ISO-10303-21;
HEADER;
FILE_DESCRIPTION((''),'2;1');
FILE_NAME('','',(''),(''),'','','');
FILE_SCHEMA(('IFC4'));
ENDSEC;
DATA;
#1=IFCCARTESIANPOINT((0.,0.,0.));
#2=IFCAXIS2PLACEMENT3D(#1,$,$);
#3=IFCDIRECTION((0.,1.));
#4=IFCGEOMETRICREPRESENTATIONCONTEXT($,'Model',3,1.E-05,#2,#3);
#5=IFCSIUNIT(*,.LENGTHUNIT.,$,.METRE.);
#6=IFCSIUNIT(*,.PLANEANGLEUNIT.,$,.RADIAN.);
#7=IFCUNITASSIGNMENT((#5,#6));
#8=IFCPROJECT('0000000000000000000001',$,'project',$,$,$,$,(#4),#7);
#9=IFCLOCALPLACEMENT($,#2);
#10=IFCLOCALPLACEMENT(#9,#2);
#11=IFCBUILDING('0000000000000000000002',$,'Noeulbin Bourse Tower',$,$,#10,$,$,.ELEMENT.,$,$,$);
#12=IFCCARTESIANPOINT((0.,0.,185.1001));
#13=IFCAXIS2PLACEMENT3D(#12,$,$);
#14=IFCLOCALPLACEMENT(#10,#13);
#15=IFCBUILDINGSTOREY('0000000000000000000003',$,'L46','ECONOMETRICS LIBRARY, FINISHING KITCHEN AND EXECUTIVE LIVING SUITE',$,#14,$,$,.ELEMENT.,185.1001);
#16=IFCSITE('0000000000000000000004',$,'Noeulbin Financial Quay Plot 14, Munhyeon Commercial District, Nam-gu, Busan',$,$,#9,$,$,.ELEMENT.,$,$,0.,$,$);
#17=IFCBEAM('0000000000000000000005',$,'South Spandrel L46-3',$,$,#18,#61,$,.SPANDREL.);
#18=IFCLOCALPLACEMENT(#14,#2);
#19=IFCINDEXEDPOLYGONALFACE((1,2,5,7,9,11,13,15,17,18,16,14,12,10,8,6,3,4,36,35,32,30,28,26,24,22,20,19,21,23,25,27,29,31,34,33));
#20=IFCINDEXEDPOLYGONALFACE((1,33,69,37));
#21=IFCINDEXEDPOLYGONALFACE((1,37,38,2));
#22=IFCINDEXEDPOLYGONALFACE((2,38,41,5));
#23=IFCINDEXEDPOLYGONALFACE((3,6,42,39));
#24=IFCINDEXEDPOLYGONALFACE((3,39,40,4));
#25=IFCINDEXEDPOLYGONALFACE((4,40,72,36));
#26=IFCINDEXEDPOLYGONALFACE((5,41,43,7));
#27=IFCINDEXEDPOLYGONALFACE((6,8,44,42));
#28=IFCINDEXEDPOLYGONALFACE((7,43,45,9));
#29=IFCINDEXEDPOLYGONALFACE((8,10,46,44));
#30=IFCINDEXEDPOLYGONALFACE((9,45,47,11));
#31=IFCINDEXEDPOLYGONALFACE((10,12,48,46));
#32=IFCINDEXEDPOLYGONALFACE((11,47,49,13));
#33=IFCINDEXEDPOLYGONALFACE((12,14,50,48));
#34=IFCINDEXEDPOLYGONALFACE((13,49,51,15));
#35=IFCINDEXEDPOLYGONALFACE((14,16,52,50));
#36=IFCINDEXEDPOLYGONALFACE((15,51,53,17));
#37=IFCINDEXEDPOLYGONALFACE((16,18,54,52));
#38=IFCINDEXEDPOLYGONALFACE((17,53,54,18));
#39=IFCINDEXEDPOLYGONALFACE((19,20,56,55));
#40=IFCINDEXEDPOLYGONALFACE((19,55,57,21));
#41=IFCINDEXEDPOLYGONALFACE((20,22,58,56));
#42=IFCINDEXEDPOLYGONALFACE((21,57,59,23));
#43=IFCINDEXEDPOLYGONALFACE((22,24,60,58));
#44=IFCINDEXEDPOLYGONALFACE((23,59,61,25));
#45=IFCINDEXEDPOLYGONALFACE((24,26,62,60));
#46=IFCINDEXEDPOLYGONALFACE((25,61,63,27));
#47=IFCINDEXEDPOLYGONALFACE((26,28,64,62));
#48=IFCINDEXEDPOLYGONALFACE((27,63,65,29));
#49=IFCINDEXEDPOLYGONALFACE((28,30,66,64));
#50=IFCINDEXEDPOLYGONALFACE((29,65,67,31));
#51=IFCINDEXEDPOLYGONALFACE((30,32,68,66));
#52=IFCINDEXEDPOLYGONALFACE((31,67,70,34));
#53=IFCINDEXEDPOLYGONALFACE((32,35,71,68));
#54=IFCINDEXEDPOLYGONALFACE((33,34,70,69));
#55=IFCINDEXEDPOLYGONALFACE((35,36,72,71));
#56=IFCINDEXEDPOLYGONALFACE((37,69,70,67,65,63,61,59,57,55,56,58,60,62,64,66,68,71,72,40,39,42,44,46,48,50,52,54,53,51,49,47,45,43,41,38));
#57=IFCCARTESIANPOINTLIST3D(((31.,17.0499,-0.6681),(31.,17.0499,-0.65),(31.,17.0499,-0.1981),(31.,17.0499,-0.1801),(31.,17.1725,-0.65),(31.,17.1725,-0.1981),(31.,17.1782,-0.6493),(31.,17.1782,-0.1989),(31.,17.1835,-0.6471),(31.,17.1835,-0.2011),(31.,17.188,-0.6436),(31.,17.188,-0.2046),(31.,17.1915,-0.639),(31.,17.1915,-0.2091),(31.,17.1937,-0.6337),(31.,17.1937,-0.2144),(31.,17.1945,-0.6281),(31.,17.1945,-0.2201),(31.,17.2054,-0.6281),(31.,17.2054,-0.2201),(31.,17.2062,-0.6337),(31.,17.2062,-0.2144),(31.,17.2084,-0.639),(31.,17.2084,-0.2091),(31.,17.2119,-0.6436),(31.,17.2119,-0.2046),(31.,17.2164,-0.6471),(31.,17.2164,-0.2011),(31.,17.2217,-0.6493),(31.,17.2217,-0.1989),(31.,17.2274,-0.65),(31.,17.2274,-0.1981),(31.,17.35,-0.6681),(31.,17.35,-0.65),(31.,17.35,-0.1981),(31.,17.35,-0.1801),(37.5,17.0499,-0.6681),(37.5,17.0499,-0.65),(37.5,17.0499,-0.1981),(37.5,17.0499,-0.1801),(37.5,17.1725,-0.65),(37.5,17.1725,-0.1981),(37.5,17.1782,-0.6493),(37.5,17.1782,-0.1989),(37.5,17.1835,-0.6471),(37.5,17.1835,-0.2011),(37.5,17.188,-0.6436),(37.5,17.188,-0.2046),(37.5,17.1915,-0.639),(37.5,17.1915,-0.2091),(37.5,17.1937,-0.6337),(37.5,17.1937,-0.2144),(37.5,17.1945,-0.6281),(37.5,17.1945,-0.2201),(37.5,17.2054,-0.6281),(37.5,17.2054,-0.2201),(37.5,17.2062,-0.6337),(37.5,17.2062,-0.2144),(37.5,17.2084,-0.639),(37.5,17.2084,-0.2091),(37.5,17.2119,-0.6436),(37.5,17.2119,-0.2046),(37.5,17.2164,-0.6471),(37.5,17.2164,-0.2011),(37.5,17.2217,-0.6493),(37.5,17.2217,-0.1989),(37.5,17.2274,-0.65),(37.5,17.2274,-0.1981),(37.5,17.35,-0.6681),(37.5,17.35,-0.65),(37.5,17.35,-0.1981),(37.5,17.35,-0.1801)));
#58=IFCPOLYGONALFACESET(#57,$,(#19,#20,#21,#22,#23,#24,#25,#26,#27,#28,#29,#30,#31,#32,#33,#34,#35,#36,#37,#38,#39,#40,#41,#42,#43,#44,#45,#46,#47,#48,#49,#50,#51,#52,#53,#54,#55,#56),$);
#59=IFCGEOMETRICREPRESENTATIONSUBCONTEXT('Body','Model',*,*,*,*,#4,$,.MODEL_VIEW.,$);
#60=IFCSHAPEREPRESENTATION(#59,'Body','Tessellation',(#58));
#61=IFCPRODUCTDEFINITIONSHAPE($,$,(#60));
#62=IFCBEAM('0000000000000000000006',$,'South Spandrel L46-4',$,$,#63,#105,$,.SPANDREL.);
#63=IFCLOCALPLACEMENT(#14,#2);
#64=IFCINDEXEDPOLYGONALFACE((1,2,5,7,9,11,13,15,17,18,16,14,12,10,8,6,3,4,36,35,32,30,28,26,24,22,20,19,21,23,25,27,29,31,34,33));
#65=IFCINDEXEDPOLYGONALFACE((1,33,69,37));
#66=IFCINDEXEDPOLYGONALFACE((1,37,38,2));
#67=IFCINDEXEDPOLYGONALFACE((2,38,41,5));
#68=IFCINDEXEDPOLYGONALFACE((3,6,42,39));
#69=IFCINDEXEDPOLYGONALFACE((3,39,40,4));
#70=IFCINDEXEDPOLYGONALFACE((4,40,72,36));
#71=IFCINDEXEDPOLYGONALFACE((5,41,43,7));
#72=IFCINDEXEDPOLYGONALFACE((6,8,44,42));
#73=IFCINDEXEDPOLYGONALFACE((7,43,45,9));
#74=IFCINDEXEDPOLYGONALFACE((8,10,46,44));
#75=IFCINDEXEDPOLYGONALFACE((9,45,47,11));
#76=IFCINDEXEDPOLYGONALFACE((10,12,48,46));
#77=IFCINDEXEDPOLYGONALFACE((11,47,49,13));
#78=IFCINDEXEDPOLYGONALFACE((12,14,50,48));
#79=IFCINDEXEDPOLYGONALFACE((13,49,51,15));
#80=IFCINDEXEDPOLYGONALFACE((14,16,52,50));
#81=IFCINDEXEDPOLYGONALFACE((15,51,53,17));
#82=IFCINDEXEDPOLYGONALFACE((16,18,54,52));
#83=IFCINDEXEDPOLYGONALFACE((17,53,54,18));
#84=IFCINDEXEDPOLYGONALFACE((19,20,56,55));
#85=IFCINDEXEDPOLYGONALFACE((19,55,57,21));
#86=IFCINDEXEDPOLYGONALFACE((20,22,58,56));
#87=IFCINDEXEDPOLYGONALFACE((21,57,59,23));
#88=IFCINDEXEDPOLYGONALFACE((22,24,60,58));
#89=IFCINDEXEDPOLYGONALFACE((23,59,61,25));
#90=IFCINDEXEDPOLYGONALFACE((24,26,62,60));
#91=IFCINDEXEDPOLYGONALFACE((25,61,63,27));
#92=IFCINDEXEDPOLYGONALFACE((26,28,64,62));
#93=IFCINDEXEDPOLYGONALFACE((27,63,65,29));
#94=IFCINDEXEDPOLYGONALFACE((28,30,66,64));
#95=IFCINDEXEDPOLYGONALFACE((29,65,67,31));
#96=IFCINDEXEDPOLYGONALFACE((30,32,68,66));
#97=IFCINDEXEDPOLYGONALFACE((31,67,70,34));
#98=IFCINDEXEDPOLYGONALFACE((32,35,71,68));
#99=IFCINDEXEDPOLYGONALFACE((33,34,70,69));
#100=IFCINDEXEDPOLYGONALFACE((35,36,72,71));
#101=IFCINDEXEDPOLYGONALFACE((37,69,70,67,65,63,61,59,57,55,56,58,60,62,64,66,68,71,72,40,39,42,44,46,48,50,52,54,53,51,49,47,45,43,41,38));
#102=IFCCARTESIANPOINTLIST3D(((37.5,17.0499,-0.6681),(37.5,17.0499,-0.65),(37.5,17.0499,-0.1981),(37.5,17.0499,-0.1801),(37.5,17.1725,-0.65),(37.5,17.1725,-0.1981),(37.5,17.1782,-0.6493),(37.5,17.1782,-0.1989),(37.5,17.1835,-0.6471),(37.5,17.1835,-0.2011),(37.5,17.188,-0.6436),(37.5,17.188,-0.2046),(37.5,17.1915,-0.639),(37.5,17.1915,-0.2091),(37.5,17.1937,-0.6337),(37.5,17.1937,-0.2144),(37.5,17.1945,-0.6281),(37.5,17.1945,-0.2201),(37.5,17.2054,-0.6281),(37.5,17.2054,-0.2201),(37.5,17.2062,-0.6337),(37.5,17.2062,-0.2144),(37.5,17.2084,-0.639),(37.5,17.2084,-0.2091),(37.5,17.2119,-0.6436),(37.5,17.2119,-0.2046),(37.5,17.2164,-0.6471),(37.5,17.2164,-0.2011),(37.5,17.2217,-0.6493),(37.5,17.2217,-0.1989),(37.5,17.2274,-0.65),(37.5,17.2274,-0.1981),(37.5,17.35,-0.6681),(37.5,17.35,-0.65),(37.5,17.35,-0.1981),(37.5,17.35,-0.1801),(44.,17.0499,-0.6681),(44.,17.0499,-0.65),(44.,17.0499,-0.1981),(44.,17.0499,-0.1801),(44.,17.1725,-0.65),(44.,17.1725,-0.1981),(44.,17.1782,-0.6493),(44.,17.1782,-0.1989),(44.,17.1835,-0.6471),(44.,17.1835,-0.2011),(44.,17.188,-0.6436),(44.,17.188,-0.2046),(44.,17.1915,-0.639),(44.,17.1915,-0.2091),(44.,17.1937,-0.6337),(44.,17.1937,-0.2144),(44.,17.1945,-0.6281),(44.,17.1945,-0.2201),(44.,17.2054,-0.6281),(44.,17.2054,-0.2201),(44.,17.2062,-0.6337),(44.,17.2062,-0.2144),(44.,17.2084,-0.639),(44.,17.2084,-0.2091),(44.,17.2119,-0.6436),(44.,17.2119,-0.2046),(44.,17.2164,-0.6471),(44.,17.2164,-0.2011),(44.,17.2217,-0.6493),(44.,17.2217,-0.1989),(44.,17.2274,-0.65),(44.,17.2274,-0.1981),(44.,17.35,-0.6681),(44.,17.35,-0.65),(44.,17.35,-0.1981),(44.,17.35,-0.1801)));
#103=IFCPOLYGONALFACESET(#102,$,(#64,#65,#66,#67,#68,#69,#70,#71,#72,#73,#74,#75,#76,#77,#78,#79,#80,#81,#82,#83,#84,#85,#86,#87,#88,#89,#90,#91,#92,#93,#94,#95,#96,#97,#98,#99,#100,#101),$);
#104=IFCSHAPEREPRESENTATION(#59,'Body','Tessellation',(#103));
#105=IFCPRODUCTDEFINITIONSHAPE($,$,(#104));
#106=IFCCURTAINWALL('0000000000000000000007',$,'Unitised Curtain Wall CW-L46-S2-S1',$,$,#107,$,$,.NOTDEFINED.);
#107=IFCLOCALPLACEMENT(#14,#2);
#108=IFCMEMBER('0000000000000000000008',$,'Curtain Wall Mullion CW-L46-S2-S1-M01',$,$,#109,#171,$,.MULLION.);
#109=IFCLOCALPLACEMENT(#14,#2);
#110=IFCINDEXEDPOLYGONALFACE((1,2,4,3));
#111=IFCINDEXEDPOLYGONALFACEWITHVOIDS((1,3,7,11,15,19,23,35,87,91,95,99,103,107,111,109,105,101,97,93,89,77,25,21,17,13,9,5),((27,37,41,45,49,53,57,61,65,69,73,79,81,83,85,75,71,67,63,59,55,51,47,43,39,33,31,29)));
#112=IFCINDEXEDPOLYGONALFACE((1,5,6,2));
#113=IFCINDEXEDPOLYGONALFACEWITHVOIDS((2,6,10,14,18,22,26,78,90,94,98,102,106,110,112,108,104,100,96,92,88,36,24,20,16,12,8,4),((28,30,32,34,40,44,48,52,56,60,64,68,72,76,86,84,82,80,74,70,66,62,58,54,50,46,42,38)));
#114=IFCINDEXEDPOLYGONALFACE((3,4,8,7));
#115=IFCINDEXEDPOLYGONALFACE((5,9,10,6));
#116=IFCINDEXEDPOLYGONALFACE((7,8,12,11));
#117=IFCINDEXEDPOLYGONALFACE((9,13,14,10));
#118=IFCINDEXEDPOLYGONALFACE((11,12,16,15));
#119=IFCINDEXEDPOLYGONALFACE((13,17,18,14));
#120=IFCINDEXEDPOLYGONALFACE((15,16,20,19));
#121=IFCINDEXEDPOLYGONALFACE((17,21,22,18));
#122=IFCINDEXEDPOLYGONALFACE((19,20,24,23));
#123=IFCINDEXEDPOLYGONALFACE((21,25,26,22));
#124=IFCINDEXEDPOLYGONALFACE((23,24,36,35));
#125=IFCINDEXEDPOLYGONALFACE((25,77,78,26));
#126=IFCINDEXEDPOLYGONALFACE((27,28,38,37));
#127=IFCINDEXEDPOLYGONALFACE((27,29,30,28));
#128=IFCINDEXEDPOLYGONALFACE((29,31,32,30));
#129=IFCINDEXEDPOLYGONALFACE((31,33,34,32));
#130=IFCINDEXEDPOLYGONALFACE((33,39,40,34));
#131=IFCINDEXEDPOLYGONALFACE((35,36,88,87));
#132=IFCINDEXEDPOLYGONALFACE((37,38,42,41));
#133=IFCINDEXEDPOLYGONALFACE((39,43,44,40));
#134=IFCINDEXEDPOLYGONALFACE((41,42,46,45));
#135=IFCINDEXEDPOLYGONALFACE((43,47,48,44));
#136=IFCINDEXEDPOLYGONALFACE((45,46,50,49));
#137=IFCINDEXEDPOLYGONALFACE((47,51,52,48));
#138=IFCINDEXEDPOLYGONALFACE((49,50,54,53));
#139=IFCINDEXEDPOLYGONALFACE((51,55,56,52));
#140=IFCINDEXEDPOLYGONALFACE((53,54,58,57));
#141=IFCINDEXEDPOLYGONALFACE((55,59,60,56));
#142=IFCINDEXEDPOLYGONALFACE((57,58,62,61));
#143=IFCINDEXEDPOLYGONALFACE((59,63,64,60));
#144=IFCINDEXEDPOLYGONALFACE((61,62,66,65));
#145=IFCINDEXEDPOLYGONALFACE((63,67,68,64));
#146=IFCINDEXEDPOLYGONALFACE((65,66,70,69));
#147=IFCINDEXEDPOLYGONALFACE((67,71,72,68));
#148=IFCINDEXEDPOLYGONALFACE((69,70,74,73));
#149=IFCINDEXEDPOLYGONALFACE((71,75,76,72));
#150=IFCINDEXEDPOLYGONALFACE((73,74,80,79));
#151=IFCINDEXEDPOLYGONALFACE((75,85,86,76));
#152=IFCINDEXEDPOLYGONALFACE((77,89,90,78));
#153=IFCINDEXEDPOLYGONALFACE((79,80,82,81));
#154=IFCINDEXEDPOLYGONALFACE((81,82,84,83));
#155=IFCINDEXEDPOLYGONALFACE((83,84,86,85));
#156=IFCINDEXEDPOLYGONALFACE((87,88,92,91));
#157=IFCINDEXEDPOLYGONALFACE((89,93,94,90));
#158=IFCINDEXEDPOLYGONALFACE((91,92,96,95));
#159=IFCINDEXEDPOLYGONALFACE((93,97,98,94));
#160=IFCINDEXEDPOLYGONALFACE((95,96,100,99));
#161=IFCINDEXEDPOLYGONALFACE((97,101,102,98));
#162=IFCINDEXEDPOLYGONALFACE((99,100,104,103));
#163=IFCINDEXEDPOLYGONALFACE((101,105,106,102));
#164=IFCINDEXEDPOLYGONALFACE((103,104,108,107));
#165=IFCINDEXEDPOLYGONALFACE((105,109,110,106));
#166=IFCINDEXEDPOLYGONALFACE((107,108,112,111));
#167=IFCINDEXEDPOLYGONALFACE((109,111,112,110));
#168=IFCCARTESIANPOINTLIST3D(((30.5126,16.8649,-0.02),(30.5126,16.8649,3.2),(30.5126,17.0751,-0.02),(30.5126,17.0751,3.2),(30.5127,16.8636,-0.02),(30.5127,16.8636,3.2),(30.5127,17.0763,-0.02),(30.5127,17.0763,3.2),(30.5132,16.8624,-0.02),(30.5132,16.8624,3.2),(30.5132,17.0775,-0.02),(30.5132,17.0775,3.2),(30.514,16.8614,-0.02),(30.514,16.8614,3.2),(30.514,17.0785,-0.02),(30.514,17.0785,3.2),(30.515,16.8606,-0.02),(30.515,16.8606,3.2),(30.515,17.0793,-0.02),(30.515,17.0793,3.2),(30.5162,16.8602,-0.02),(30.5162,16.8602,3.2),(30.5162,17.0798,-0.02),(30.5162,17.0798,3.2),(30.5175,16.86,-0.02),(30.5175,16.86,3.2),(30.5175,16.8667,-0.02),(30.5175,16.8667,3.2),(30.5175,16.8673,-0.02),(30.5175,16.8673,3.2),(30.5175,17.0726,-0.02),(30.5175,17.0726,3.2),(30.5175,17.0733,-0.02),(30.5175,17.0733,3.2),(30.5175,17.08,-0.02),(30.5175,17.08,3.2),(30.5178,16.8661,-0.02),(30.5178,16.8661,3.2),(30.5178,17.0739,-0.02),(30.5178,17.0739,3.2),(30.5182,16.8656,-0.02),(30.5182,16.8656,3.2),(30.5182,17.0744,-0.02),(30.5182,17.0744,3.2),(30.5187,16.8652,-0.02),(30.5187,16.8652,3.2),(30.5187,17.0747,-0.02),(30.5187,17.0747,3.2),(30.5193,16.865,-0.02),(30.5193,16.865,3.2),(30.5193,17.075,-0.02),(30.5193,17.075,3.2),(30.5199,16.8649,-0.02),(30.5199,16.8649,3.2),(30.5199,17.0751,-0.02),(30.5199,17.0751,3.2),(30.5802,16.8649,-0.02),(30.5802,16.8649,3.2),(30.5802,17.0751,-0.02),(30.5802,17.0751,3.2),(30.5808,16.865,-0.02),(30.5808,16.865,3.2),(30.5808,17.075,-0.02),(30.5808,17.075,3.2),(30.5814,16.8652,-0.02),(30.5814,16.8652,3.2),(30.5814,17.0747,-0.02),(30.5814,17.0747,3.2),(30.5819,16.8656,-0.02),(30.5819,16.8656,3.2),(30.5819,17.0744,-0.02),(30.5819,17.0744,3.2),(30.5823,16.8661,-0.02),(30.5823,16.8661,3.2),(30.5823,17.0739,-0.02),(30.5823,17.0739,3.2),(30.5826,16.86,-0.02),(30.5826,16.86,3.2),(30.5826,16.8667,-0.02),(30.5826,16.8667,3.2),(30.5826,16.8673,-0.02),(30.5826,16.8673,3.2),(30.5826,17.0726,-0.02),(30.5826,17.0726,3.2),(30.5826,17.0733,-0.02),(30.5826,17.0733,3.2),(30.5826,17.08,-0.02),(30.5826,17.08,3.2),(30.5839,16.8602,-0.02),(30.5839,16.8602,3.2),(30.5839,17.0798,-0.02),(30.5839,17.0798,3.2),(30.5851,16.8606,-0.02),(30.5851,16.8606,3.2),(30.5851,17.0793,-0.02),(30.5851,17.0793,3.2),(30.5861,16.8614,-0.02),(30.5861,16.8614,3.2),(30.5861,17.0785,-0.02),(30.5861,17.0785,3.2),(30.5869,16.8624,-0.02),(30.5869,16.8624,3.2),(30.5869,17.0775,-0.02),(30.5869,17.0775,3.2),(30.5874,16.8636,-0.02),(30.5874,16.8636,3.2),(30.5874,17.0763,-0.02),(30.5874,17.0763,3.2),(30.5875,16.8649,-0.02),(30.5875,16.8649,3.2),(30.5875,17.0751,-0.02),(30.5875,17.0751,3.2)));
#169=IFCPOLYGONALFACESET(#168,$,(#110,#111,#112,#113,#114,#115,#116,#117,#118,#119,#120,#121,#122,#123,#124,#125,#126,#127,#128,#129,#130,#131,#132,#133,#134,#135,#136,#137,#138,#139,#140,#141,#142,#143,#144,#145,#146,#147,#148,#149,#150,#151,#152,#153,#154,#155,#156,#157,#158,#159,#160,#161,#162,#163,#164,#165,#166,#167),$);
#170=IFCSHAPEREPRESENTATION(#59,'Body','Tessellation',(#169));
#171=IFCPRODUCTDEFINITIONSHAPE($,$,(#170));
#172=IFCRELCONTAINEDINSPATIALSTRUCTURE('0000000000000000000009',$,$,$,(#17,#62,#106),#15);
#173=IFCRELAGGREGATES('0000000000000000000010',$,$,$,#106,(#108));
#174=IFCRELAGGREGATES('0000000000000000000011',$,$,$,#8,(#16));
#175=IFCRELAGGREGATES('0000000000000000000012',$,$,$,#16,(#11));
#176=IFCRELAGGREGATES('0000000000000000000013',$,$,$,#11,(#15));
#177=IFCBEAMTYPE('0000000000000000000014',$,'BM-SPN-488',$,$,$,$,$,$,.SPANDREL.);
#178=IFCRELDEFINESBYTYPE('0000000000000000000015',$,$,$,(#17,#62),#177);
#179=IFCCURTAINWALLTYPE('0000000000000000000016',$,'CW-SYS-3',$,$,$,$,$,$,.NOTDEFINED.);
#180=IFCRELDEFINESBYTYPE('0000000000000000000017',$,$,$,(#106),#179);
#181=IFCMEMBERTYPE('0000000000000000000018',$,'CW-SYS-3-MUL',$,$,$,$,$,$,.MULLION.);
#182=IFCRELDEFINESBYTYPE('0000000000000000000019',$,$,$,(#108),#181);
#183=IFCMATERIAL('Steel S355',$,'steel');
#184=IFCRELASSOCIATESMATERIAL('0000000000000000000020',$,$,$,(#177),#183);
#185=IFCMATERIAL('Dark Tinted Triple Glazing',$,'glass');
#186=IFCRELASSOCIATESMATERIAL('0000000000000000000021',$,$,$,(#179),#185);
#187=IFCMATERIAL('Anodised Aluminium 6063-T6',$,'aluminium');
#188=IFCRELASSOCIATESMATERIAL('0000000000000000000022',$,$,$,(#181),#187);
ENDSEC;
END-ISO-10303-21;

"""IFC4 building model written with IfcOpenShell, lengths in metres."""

from ifc_helpers import new_model, si_unit, direction, frame, origin, origin_2d, place, context, subcontext, project, spatial, hollow_rectangle, i_section, extrude, material, material_profile, profile_set, type_object, element, aggregate, save


model = new_model("IFC4")

# Units and contexts
model_context = context("Model", 3, precision=1e-05, world=origin(), true_north=direction((0.0, 1.0)))
body_context = subcontext(model_context, "Body", "Model", "MODEL_VIEW")
ifc_project = project(units=[si_unit("LENGTHUNIT", "METRE"), si_unit("PLANEANGLEUNIT", "RADIAN")], contexts=[model_context])

# Site, building, storey
site_placement = place(None, origin())
site = spatial("IfcSite", under=ifc_project, at=site_placement, Name="Noeulbin Financial Quay Plot 14, Munhyeon Commercial District, Nam-gu, Busan", CompositionType="ELEMENT", RefElevation=0.0)
building_placement = place(site_placement, origin())
building = spatial("IfcBuilding", under=site, at=building_placement, Name="Noeulbin Bourse Tower", CompositionType="ELEMENT")
storey_placement = place(building_placement, frame((0.0, 0.0, 185.1001)))
storey = spatial("IfcBuildingStorey", under=building, at=storey_placement, Name="L46", Description="ECONOMETRICS LIBRARY, FINISHING KITCHEN AND EXECUTIVE LIVING SUITE", CompositionType="ELEMENT", Elevation=185.1001)

# Shared definitions
ifc_material_1 = material(Name="Steel S355", Category="steel")

# Beams
ifc_material_profile_1 = material_profile(ifc_material_1, i_section(OverallWidth=0.3, OverallDepth=0.488, WebThickness=0.011, FlangeThickness=0.0181, FilletRadius=0.022, at=origin_2d()), Name="H-488x300x11x18", Category="LoadBearing")
ifc_profile_set_1 = profile_set([ifc_material_profile_1], Name="Steel S355")
beam_type_1 = type_object("IfcBeamType", Name="BM-SPN-488", PredefinedType="SPANDREL", material=ifc_profile_set_1)
for number, where, z_axis, x_axis, name in (
    (1, (31.0, 17.2, -0.4241), (1.0, 0.0, 0.0), (0.0, 1.0, 0.0), "South Spandrel L46-3"),
    (2, (37.5, 17.2, -0.4241), (1.0, 0.0, 0.0), (0.0, 1.0, 0.0), "South Spandrel L46-4"),
):
    element("IfcBeam", number, at=place(storey_placement, frame(where, z_axis=z_axis, x_axis=x_axis)), inside=storey, type_object=beam_type_1, Name=name, PredefinedType="SPANDREL", context=body_context, shape_type="SweptSolid", body=[
        extrude(i_section(OverallWidth=0.3, OverallDepth=0.488, WebThickness=0.011, FlangeThickness=0.0181, FilletRadius=0.022, at=origin_2d()), origin(), (0.0, 0.0, 1.0), 6.5),
    ])

# Curtain wall, member
ifc_material_2 = material(Name="Dark Tinted Triple Glazing", Category="glass")
curtain_wall_type = type_object("IfcCurtainWallType", Name="CW-SYS-3", PredefinedType="NOTDEFINED", material=ifc_material_2)
curtain_wall_1_placement = place(storey_placement, origin())
curtain_wall_1 = element("IfcCurtainWall", 3, at=curtain_wall_1_placement, inside=storey, type_object=curtain_wall_type, Name="Unitised Curtain Wall CW-L46-S2-S1", PredefinedType="NOTDEFINED")
ifc_material_3 = material(Name="Anodised Aluminium 6063-T6", Category="aluminium")
ifc_material_profile_2 = material_profile(ifc_material_3, hollow_rectangle(XDim=0.075, YDim=0.22, WallThickness=0.0049, InnerFilletRadius=0.0024, OuterFilletRadius=0.0049, at=origin_2d()), Name="ALU-MULL-75x220x5", Category="LoadBearing")
ifc_profile_set_2 = profile_set([ifc_material_profile_2], Name="Anodised Aluminium 6063-T6")
member_type_1 = type_object("IfcMemberType", Name="CW-SYS-3-MUL", PredefinedType="MULLION", material=ifc_profile_set_2)
member_1_placement = place(storey_placement, frame((30.55, 16.97, -0.02), z_axis=(0.0, 0.0, 1.0), x_axis=(1.0, 0.0, 0.0)))
member_1 = element("IfcMember", 4, at=member_1_placement, type_object=member_type_1, Name="Curtain Wall Mullion CW-L46-S2-S1-M01", PredefinedType="MULLION", context=body_context, shape_type="SweptSolid", body=[
    extrude(hollow_rectangle(XDim=0.075, YDim=0.22, WallThickness=0.0049, InnerFilletRadius=0.0024, OuterFilletRadius=0.0049, at=origin_2d()), origin(), (0.0, 0.0, 1.0), 3.22),
])
aggregate(curtain_wall_1, [member_1])

save(model, "model.ifc")
